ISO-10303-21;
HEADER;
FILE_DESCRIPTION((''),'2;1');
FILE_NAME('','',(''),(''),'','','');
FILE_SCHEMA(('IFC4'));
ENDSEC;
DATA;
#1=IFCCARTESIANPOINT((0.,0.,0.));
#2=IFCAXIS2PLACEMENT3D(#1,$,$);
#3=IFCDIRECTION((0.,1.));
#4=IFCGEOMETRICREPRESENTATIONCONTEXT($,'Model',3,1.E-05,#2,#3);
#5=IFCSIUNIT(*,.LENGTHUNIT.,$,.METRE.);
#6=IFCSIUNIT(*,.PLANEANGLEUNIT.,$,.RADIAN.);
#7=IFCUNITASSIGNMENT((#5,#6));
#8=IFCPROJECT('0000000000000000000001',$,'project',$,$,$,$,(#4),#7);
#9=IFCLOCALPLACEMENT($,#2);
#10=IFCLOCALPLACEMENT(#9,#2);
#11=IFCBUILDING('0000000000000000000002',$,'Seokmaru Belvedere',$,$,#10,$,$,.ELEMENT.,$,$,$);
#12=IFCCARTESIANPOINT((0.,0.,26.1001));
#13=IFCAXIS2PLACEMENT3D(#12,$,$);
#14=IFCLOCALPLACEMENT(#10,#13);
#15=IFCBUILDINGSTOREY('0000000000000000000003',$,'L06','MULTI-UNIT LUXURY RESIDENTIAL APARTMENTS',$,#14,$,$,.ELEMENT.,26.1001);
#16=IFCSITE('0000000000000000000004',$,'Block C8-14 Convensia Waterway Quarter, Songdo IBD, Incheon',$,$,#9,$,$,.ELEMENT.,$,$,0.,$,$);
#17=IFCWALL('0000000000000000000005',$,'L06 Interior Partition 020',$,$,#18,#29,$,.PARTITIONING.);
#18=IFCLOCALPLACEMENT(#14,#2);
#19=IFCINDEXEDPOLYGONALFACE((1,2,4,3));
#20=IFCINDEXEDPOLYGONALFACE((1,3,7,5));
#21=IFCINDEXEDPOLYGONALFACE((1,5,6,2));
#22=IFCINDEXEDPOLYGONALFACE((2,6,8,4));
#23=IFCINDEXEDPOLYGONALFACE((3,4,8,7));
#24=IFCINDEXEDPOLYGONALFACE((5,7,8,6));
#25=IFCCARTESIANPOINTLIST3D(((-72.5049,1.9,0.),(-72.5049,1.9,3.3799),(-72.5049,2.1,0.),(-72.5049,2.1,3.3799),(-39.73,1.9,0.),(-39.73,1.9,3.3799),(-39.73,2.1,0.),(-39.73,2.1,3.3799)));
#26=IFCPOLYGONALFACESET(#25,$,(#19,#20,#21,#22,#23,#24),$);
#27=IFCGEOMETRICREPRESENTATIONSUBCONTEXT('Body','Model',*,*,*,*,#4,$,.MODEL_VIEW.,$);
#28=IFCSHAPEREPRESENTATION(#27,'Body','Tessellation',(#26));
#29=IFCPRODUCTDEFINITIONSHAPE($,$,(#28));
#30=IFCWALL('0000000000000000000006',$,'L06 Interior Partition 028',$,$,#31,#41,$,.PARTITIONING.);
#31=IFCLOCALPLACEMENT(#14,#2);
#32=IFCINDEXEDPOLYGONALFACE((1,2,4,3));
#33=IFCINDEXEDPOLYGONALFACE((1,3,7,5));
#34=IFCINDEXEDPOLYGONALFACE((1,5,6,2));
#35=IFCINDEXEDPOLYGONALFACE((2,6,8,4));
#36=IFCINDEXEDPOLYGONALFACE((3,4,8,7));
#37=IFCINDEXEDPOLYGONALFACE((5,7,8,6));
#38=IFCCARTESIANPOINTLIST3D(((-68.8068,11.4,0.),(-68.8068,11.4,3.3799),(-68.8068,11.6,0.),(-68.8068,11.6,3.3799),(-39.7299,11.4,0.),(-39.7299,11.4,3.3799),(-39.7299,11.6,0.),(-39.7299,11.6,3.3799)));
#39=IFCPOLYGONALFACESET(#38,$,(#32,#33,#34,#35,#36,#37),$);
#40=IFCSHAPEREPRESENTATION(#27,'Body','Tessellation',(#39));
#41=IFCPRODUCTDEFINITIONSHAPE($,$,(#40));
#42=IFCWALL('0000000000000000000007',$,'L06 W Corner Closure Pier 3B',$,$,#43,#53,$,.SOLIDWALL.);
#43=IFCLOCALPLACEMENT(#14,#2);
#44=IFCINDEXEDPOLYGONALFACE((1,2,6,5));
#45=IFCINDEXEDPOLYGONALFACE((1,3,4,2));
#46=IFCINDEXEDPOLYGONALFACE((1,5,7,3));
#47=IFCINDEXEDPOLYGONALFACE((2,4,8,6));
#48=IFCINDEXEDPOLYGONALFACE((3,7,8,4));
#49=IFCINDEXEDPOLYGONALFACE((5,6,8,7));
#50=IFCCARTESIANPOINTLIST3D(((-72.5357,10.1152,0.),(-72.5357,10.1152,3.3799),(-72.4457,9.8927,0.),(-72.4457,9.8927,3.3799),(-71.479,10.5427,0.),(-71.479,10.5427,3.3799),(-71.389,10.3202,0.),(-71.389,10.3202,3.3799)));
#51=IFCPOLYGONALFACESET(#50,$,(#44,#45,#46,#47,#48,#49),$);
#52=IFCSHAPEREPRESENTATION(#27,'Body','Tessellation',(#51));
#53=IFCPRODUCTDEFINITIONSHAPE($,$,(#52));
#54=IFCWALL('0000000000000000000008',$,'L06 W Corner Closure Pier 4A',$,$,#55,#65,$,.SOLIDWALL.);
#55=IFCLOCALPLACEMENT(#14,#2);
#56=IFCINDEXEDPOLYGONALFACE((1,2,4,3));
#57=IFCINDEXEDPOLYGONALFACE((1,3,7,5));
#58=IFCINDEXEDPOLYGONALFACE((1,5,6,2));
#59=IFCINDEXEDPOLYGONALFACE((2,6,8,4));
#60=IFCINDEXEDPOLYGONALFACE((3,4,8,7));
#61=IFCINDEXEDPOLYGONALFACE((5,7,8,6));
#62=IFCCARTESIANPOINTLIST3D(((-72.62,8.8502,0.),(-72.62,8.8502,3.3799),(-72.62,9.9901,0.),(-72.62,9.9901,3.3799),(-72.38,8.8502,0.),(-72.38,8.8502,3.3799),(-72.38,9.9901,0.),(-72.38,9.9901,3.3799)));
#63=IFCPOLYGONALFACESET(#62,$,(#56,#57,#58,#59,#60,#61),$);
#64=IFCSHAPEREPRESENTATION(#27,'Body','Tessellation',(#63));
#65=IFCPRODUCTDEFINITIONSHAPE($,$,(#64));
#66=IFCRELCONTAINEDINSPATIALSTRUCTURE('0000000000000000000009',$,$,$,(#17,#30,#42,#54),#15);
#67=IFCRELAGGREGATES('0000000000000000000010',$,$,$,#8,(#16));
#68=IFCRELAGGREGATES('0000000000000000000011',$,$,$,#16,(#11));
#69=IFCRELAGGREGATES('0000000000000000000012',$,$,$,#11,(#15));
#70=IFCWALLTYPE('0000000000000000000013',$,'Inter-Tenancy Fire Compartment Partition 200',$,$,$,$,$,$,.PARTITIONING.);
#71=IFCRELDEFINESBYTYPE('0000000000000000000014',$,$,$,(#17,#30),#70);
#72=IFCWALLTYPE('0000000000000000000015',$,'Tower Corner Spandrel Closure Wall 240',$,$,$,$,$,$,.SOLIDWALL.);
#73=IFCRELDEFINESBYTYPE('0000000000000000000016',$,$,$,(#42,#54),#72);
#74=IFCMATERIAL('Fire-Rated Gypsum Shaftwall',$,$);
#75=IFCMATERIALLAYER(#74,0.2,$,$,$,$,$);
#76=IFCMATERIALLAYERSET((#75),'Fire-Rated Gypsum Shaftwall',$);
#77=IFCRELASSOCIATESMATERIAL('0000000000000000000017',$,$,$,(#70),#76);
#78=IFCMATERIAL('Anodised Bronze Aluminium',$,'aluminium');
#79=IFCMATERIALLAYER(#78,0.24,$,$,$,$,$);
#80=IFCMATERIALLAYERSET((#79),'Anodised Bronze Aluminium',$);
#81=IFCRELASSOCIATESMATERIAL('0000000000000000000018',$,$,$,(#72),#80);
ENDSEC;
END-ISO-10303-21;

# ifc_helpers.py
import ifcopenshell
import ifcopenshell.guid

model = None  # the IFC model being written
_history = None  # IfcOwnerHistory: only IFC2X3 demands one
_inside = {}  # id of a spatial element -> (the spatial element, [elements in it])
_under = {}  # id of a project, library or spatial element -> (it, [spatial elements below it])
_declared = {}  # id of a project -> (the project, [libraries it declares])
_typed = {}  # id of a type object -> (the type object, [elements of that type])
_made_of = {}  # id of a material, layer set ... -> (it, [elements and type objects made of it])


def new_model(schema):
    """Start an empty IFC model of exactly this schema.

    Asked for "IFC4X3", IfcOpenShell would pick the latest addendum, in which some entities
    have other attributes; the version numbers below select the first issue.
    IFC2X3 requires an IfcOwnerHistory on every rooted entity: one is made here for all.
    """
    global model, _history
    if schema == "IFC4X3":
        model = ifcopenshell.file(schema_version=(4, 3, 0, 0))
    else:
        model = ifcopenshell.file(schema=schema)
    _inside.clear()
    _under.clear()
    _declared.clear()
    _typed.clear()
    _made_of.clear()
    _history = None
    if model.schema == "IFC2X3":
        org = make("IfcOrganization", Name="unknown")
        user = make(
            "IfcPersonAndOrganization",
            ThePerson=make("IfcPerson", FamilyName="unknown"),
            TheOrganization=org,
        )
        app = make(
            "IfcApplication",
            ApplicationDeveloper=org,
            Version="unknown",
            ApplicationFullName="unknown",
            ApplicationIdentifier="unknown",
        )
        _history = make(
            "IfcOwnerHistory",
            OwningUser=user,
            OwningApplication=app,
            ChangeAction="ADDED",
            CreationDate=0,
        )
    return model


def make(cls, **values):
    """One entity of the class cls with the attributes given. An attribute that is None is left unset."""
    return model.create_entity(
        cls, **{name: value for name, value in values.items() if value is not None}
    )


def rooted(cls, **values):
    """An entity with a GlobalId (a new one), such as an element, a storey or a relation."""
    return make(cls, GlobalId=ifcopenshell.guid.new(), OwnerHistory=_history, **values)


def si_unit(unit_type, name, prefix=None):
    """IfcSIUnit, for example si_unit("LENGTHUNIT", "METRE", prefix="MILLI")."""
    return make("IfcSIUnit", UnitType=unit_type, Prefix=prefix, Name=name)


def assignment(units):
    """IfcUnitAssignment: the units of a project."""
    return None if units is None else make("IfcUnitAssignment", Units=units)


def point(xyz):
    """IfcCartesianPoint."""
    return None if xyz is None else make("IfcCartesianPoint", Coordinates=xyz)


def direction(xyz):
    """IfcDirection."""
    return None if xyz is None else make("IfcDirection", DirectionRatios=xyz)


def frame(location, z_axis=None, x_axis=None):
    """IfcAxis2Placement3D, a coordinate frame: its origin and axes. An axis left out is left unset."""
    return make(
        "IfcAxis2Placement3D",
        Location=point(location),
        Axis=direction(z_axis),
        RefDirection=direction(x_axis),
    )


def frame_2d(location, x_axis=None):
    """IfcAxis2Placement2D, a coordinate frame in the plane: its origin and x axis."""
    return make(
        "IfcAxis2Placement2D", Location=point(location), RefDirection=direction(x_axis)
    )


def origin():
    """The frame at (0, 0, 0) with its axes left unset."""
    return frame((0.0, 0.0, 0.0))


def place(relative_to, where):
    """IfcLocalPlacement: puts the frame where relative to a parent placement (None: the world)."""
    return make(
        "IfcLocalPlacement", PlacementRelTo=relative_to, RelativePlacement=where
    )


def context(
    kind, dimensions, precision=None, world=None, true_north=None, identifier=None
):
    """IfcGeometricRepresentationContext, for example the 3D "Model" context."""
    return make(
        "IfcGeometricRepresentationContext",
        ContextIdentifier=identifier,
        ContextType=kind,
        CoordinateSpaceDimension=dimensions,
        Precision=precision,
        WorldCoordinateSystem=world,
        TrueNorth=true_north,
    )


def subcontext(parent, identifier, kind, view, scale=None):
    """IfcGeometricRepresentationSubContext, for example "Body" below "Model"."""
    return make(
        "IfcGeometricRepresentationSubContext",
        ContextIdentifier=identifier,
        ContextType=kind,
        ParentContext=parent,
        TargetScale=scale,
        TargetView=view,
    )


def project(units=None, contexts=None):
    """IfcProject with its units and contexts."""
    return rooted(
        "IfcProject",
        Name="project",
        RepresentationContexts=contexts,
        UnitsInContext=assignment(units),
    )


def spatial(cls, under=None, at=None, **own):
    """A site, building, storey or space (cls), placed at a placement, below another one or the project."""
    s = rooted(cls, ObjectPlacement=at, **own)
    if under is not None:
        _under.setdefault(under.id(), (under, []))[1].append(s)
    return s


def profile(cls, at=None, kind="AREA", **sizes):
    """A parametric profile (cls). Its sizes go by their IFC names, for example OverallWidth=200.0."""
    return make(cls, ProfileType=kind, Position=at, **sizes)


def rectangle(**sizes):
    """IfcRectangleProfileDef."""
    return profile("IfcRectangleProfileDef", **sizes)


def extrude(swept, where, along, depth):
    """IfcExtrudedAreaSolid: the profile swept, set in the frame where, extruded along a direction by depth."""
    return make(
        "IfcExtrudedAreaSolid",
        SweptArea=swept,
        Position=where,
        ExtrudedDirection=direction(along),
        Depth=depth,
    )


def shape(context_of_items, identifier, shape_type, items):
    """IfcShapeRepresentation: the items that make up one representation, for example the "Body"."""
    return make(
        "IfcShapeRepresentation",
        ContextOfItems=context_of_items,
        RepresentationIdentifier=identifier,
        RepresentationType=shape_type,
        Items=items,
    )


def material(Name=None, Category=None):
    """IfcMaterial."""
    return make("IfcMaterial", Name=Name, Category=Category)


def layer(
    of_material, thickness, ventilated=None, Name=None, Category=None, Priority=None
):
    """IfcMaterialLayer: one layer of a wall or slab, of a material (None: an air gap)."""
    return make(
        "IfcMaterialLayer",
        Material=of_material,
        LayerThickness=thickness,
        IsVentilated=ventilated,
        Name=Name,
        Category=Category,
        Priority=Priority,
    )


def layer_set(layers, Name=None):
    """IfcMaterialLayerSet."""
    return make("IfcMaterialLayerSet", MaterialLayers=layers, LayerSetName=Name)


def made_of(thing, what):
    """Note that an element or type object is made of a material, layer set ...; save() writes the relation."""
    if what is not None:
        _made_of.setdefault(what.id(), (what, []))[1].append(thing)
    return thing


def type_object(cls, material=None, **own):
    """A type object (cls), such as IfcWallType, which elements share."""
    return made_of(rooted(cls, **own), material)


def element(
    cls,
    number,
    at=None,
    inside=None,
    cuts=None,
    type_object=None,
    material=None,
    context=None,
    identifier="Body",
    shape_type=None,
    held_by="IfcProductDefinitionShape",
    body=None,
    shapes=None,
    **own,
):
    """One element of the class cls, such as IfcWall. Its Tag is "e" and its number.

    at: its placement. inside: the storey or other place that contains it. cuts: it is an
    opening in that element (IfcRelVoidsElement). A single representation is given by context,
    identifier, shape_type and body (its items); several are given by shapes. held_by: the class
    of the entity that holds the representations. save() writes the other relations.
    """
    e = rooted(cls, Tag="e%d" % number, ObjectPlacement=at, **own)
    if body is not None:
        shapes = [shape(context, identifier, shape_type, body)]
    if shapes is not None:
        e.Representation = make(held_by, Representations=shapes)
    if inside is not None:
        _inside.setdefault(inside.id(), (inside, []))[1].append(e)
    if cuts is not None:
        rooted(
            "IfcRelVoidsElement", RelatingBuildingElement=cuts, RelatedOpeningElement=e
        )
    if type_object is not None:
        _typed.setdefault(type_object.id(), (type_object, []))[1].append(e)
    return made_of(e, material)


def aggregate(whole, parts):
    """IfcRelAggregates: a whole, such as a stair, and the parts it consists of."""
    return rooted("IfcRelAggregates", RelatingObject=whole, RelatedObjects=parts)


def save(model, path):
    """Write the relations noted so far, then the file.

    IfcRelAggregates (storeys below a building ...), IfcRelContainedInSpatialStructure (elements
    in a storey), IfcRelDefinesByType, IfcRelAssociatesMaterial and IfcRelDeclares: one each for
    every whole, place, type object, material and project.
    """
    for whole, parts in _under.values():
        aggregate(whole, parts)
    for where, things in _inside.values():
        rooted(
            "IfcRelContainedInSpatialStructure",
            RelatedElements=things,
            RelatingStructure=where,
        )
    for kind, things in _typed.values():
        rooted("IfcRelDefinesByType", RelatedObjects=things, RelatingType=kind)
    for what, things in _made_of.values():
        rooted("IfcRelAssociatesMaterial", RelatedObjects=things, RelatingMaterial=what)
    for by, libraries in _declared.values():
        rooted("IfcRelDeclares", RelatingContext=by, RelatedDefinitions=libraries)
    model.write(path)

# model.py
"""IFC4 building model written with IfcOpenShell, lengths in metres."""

from ifc_helpers import new_model, si_unit, direction, frame, frame_2d, origin, place, context, subcontext, project, spatial, rectangle, extrude, material, layer, layer_set, type_object, element, save


model = new_model("IFC4")

# Units and contexts
model_context = context("Model", 3, precision=1e-05, world=origin(), true_north=direction((0.0, 1.0)))
body_context = subcontext(model_context, "Body", "Model", "MODEL_VIEW")
ifc_project = project(units=[si_unit("LENGTHUNIT", "METRE"), si_unit("PLANEANGLEUNIT", "RADIAN")], contexts=[model_context])

# Site, building, storey
site_placement = place(None, origin())
site = spatial("IfcSite", under=ifc_project, at=site_placement, Name="Block C8-14 Convensia Waterway Quarter, Songdo IBD, Incheon", CompositionType="ELEMENT", RefElevation=0.0)
building_placement = place(site_placement, origin())
building = spatial("IfcBuilding", under=site, at=building_placement, Name="Seokmaru Belvedere", CompositionType="ELEMENT")
storey_placement = place(building_placement, frame((0.0, 0.0, 26.1001)))
storey = spatial("IfcBuildingStorey", under=building, at=storey_placement, Name="L06", Description="MULTI-UNIT LUXURY RESIDENTIAL APARTMENTS", CompositionType="ELEMENT", Elevation=26.1001)

# Shared definitions
ifc_material_1 = material(Name="Anodised Bronze Aluminium", Category="aluminium")

# Shared definitions
ifc_material_2 = material(Name="Fire-Rated Gypsum Shaftwall")

# Walls
ifc_layer_1 = layer(ifc_material_2, 0.2)
ifc_layer_set_1 = layer_set([ifc_layer_1], Name="Fire-Rated Gypsum Shaftwall")
wall_type_1 = type_object("IfcWallType", Name="Inter-Tenancy Fire Compartment Partition 200", PredefinedType="PARTITIONING", material=ifc_layer_set_1)
wall_1_placement = place(storey_placement, frame((-72.5049, 2.0, 0.0), z_axis=(0.0, 0.0, 1.0), x_axis=(1.0, 0.0, 0.0)))
element("IfcWall", 1, at=wall_1_placement, inside=storey, type_object=wall_type_1, Name="L06 Interior Partition 020", PredefinedType="PARTITIONING", context=body_context, shape_type="SweptSolid", body=[
    extrude(rectangle(XDim=32.7749, YDim=0.2, at=frame_2d((16.3875, 0.0))), origin(), (0.0, 0.0, 1.0), 3.3799),
])
wall_2_placement = place(storey_placement, frame((-68.8069, 11.5, 0.0), z_axis=(0.0, 0.0, 1.0), x_axis=(1.0, 0.0, 0.0)))
element("IfcWall", 2, at=wall_2_placement, inside=storey, type_object=wall_type_1, Name="L06 Interior Partition 028", PredefinedType="PARTITIONING", context=body_context, shape_type="SweptSolid", body=[
    extrude(rectangle(XDim=29.0769, YDim=0.2, at=frame_2d((14.5386, 0.0))), origin(), (0.0, 0.0, 1.0), 3.3799),
])
ifc_layer_2 = layer(ifc_material_1, 0.24)
ifc_layer_set_2 = layer_set([ifc_layer_2], Name="Anodised Bronze Aluminium")
wall_type_2 = type_object("IfcWallType", Name="Tower Corner Spandrel Closure Wall 240", PredefinedType="SOLIDWALL", material=ifc_layer_set_2)
for number, where, z_axis, x_axis, name in (
    (3, (-71.4341, 10.4314, 0.0), (0.0, 0.0, 1.0), (-0.927007, -0.375044, 0.0), "L06 W Corner Closure Pier 3B"),
    (4, (-72.5, 9.99, 0.0), (0.0, 0.0, 1.0), (0.0, -1.0, 0.0), "L06 W Corner Closure Pier 4A"),
):
    element("IfcWall", number, at=place(storey_placement, frame(where, z_axis=z_axis, x_axis=x_axis)), inside=storey, type_object=wall_type_2, Name=name, PredefinedType="SOLIDWALL", context=body_context, shape_type="SweptSolid", body=[
        extrude(rectangle(XDim=1.1399, YDim=0.24, at=frame_2d((0.5698, 0.0))), origin(), (0.0, 0.0, 1.0), 3.3799),
    ])

save(model, "model.ifc")
